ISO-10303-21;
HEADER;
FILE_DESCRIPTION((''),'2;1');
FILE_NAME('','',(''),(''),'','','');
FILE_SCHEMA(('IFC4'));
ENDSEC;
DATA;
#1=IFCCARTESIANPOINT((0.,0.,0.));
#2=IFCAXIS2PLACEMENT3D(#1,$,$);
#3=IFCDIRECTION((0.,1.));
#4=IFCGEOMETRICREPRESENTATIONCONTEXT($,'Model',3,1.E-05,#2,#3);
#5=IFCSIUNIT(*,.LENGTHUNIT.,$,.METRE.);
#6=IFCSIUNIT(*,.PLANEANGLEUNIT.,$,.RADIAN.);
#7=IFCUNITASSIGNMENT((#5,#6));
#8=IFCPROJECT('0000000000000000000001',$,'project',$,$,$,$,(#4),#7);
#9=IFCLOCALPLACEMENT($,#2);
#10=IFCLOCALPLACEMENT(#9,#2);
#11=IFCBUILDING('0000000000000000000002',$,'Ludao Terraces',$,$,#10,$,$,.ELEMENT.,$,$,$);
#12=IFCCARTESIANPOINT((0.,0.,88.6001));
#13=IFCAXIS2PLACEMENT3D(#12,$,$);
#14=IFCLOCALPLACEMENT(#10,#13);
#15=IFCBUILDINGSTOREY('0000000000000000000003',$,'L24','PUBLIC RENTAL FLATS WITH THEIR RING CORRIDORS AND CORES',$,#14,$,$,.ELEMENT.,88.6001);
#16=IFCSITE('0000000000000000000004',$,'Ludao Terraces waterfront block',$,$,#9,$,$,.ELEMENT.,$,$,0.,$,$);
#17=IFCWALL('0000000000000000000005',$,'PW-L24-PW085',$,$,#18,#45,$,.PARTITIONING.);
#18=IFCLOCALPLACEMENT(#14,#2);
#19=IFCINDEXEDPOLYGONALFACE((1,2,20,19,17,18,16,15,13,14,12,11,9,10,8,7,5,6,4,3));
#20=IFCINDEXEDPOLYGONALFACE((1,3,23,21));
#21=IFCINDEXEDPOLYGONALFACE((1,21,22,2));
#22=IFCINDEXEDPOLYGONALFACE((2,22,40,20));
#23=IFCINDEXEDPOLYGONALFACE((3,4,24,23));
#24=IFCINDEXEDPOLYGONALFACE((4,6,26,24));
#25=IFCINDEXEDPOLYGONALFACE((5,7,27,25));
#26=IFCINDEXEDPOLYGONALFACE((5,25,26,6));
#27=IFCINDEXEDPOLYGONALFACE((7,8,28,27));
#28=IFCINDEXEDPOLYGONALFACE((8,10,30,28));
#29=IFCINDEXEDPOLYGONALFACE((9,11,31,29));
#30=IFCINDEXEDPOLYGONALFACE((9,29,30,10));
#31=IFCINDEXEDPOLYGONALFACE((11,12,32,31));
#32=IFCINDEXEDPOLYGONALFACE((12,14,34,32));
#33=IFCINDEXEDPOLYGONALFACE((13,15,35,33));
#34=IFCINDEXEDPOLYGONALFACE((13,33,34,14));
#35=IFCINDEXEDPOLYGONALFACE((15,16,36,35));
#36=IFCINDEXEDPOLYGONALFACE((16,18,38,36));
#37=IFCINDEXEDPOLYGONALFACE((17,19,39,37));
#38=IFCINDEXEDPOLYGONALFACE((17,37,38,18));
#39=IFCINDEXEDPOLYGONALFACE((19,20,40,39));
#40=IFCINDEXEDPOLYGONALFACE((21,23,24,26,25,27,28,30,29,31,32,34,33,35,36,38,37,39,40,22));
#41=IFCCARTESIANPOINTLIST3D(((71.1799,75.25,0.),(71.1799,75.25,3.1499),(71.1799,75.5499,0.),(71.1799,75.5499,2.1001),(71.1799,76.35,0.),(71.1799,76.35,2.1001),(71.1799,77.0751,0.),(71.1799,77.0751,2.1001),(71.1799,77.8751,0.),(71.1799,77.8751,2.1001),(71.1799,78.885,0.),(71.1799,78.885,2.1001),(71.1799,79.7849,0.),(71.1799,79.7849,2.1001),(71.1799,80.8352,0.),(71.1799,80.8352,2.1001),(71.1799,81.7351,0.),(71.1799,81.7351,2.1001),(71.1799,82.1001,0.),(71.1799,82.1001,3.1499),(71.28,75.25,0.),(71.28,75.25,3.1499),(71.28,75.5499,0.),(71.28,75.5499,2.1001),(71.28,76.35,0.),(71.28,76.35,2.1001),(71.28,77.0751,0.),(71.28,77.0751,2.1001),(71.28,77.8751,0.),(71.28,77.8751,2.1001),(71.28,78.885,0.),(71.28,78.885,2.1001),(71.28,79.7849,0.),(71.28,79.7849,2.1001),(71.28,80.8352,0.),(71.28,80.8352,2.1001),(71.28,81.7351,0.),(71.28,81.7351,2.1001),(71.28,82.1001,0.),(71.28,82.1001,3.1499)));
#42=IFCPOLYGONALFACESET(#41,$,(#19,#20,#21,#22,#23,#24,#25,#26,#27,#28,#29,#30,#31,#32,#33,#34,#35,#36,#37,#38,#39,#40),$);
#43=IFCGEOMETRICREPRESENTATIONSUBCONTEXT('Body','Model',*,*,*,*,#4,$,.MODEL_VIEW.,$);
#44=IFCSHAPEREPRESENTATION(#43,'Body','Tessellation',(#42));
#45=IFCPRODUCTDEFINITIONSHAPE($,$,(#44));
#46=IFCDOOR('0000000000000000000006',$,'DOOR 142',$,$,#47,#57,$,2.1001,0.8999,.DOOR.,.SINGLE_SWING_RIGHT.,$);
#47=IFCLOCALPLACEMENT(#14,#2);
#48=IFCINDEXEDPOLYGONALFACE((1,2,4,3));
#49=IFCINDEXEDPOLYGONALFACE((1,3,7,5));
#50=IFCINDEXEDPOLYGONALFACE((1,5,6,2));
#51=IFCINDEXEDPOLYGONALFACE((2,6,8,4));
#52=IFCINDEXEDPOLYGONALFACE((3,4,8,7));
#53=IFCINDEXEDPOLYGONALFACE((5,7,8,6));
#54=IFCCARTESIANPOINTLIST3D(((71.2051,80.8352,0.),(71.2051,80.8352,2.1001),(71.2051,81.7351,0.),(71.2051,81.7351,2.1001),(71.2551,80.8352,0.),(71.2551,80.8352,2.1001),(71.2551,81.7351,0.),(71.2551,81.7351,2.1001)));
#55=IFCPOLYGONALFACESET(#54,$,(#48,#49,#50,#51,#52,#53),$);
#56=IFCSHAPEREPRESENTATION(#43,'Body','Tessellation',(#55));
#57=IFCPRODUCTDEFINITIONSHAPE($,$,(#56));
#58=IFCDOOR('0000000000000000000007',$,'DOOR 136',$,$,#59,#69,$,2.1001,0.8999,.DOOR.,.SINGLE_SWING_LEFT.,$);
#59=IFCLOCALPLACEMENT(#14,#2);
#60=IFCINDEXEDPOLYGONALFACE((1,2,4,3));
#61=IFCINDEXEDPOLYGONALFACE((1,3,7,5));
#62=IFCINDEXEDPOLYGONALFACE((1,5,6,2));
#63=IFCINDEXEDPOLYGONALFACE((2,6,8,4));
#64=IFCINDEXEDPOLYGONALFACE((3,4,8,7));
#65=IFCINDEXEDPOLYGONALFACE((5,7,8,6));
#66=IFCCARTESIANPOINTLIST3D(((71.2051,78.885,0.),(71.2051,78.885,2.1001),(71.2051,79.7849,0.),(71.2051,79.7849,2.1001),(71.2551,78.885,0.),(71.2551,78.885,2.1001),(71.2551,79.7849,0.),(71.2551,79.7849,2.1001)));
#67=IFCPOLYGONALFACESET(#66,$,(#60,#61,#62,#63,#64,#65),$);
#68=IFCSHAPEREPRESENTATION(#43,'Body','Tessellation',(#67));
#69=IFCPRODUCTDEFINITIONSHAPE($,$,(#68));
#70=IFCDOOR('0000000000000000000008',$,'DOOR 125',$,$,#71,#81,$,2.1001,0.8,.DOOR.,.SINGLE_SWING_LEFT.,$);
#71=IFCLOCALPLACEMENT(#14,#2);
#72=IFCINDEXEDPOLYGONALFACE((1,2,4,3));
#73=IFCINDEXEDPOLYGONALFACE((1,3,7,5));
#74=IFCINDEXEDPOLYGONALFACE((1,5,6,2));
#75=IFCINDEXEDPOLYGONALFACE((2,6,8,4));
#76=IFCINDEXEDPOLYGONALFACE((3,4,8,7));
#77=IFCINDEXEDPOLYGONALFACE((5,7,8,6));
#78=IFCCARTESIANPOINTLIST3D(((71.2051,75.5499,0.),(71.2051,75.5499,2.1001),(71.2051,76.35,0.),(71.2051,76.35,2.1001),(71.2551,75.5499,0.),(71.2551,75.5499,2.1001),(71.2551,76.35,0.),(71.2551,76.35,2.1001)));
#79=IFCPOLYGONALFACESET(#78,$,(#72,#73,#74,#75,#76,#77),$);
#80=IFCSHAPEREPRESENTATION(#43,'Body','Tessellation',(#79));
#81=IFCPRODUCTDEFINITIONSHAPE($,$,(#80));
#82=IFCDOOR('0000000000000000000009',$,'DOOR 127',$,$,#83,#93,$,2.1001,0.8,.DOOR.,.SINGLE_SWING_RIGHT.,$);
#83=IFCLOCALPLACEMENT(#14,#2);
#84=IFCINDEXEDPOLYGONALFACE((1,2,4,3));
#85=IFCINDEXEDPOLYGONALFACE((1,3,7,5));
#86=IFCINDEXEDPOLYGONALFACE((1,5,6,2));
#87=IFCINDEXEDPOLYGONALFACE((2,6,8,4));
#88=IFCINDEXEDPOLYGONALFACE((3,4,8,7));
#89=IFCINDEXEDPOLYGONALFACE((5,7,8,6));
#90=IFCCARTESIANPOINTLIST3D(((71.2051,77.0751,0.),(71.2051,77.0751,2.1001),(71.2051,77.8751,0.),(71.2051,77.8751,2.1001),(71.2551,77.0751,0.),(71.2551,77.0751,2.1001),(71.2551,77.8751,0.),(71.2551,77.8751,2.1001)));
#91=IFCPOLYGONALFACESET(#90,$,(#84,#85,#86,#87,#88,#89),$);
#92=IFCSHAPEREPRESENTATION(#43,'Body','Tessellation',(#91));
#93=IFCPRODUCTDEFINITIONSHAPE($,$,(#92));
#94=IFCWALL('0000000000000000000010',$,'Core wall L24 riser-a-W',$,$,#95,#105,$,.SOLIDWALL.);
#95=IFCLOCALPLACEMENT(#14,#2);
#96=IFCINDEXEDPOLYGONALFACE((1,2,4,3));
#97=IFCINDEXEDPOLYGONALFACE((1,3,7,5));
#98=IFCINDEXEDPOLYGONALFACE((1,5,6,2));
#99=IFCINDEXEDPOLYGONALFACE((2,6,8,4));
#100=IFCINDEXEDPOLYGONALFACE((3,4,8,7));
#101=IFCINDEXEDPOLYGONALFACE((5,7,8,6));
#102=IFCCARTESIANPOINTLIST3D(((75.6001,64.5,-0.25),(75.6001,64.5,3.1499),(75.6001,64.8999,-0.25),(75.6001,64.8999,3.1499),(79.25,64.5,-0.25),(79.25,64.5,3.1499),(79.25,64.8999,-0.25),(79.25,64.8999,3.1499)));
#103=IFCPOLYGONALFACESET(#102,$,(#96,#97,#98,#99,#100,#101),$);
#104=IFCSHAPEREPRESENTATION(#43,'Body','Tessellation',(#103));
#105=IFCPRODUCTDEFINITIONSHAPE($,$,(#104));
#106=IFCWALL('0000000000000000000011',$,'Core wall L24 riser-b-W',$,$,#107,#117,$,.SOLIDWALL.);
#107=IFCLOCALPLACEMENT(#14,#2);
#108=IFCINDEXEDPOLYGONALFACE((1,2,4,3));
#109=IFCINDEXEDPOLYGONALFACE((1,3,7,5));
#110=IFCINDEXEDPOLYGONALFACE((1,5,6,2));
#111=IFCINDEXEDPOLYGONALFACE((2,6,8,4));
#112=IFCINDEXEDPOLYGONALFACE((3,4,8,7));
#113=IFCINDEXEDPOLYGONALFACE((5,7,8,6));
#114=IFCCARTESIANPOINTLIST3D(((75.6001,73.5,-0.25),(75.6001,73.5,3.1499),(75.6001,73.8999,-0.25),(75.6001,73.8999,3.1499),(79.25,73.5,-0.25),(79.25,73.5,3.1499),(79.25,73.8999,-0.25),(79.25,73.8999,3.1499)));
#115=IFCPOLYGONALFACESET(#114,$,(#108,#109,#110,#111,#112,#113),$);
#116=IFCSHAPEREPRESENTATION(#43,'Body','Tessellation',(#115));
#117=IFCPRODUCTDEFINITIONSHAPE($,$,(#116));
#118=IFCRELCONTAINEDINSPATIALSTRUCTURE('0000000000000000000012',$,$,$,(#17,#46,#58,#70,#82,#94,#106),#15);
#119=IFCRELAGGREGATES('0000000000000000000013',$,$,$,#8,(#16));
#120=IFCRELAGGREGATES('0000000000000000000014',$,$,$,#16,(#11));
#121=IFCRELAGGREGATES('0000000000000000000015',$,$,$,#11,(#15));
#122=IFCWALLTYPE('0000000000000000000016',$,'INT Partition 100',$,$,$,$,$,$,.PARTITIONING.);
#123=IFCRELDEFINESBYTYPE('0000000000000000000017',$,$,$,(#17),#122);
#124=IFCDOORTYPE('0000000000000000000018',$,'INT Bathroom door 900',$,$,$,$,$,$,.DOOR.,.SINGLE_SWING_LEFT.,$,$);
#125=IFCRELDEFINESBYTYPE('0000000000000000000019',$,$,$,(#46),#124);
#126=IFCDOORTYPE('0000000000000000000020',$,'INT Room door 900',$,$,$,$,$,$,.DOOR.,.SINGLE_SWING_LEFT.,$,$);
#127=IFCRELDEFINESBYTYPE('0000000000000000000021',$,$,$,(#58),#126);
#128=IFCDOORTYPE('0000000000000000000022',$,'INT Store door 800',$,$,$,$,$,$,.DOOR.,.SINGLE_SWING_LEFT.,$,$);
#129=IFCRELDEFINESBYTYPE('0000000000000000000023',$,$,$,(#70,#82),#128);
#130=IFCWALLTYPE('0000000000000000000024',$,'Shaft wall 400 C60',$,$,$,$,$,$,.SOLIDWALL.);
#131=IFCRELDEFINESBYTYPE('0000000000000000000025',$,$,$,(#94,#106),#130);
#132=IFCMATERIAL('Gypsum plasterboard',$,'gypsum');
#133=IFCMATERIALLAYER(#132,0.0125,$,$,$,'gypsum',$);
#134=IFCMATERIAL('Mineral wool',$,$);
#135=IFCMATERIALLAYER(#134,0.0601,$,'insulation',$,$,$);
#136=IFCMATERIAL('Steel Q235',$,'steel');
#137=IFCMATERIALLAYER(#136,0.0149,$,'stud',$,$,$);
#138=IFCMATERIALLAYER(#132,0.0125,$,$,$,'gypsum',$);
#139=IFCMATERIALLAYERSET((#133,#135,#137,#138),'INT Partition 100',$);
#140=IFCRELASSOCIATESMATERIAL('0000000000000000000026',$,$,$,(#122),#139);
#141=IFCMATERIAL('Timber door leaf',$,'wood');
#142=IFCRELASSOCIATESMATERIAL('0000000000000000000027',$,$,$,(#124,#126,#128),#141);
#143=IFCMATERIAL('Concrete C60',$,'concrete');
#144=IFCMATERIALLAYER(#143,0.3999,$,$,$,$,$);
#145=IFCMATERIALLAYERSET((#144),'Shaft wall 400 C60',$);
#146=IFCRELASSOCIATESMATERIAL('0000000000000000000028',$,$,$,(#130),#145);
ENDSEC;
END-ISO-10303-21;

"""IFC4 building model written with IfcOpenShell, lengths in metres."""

from ifc_helpers import new_model, si_unit, direction, frame, frame_2d, origin, place, context, subcontext, project, spatial, rectangle, extrude, material, layer, layer_set, type_object, element, fill, save


model = new_model("IFC4")

# Units and contexts
model_context = context("Model", 3, precision=1e-05, world=origin(), true_north=direction((0.0, 1.0)))
body_context = subcontext(model_context, "Body", "Model", "MODEL_VIEW")
ifc_project = project(units=[si_unit("LENGTHUNIT", "METRE"), si_unit("PLANEANGLEUNIT", "RADIAN")], contexts=[model_context])

# Site, building, storey
site_placement = place(None, origin())
site = spatial("IfcSite", under=ifc_project, at=site_placement, Name="Ludao Terraces waterfront block", CompositionType="ELEMENT", RefElevation=0.0)
building_placement = place(site_placement, origin())
building = spatial("IfcBuilding", under=site, at=building_placement, Name="Ludao Terraces", CompositionType="ELEMENT")
storey_placement = place(building_placement, frame((0.0, 0.0, 88.6001)))
storey = spatial("IfcBuildingStorey", under=building, at=storey_placement, Name="L24", Description="PUBLIC RENTAL FLATS WITH THEIR RING CORRIDORS AND CORES", CompositionType="ELEMENT", Elevation=88.6001)

# Shared definitions
ifc_material_1 = material(Name="Steel Q235", Category="steel")

# Shared definitions
ifc_material_2 = material(Name="Mineral wool")
ifc_material_3 = material(Name="Gypsum plasterboard", Category="gypsum")
ifc_layer_1 = layer(ifc_material_3, 0.0125, Category="gypsum")
ifc_layer_2 = layer(ifc_material_2, 0.0601, Name="insulation")
ifc_layer_3 = layer(ifc_material_1, 0.0149, Name="stud")
ifc_layer_4 = layer(ifc_material_3, 0.0125, Category="gypsum")
ifc_layer_set_1 = layer_set([ifc_layer_1, ifc_layer_2, ifc_layer_3, ifc_layer_4], Name="INT Partition 100")
wall_type_1 = type_object("IfcWallType", Name="INT Partition 100", PredefinedType="PARTITIONING", material=ifc_layer_set_1)

# Wall, openings, doors
wall_1_placement = place(storey_placement, frame((71.23, 75.25, 0.0), z_axis=(0.0, 0.0, 1.0), x_axis=(0.0, 1.0, 0.0)))
wall_1 = element("IfcWall", 1, at=wall_1_placement, inside=storey, type_object=wall_type_1, Name="PW-L24-PW085", PredefinedType="PARTITIONING", context=body_context, shape_type="SweptSolid", body=[
    extrude(rectangle(XDim=6.8501, YDim=0.1001, at=frame_2d((3.425, 0.0))), origin(), (0.0, 0.0, 1.0), 3.1499),
])
opening_1_placement = place(wall_1_placement, frame((0.3, 0.0, 0.0)))
opening_1 = element("IfcOpeningElement", 2, at=opening_1_placement, cuts=wall_1, PredefinedType="OPENING", context=body_context, shape_type="SweptSolid", body=[
    extrude(rectangle(XDim=0.8, YDim=2.1001, at=frame_2d((0.3999, 1.05))), frame((0.0, 0.0601, 0.0), z_axis=(0.0, -1.0, 0.0), x_axis=(1.0, 0.0, 0.0)), (0.0, 0.0, 1.0), 0.1201),
])
opening_2_placement = place(wall_1_placement, frame((1.8252, 0.0, 0.0)))
opening_2 = element("IfcOpeningElement", 3, at=opening_2_placement, cuts=wall_1, PredefinedType="OPENING", context=body_context, shape_type="SweptSolid", body=[
    extrude(rectangle(XDim=0.8, YDim=2.1001, at=frame_2d((0.3999, 1.05))), frame((0.0, 0.0601, 0.0), z_axis=(0.0, -1.0, 0.0), x_axis=(1.0, 0.0, 0.0)), (0.0, 0.0, 1.0), 0.1201),
])
opening_3_placement = place(wall_1_placement, frame((3.635, 0.0, 0.0)))
opening_3 = element("IfcOpeningElement", 4, at=opening_3_placement, cuts=wall_1, PredefinedType="OPENING", context=body_context, shape_type="SweptSolid", body=[
    extrude(rectangle(XDim=0.8999, YDim=2.1001, at=frame_2d((0.45, 1.05))), frame((0.0, 0.0601, 0.0), z_axis=(0.0, -1.0, 0.0), x_axis=(1.0, 0.0, 0.0)), (0.0, 0.0, 1.0), 0.1201),
])
opening_4_placement = place(wall_1_placement, frame((5.5852, 0.0, 0.0)))
opening_4 = element("IfcOpeningElement", 5, at=opening_4_placement, cuts=wall_1, PredefinedType="OPENING", context=body_context, shape_type="SweptSolid", body=[
    extrude(rectangle(XDim=0.8999, YDim=2.1001, at=frame_2d((0.45, 1.05))), frame((0.0, 0.0601, 0.0), z_axis=(0.0, -1.0, 0.0), x_axis=(1.0, 0.0, 0.0)), (0.0, 0.0, 1.0), 0.1201),
])
ifc_material_4 = material(Name="Timber door leaf", Category="wood")
door_type_1 = type_object("IfcDoorType", Name="INT Bathroom door 900", OperationType="SINGLE_SWING_LEFT", PredefinedType="DOOR", material=ifc_material_4)
door_1_placement = place(opening_4_placement, origin())
door_1 = element("IfcDoor", 6, at=door_1_placement, inside=storey, type_object=door_type_1, Name="DOOR 142", OperationType="SINGLE_SWING_RIGHT", OverallHeight=2.1001, OverallWidth=0.8999, PredefinedType="DOOR", context=body_context, shape_type="SweptSolid", body=[
    extrude(rectangle(XDim=0.8999, YDim=2.1001, at=frame_2d((0.45, 1.05))), frame((0.0, 0.0249, 0.0), z_axis=(0.0, -1.0, 0.0), x_axis=(1.0, 0.0, 0.0)), (0.0, 0.0, 1.0), 0.05),
])
fill(opening_4, door_1)
door_type_2 = type_object("IfcDoorType", Name="INT Room door 900", OperationType="SINGLE_SWING_LEFT", PredefinedType="DOOR", material=ifc_material_4)
door_2_placement = place(opening_3_placement, origin())
door_2 = element("IfcDoor", 7, at=door_2_placement, inside=storey, type_object=door_type_2, Name="DOOR 136", OperationType="SINGLE_SWING_LEFT", OverallHeight=2.1001, OverallWidth=0.8999, PredefinedType="DOOR", context=body_context, shape_type="SweptSolid", body=[
    extrude(rectangle(XDim=0.8999, YDim=2.1001, at=frame_2d((0.45, 1.05))), frame((0.0, 0.0249, 0.0), z_axis=(0.0, -1.0, 0.0), x_axis=(1.0, 0.0, 0.0)), (0.0, 0.0, 1.0), 0.05),
])
fill(opening_3, door_2)
door_type_3 = type_object("IfcDoorType", Name="INT Store door 800", OperationType="SINGLE_SWING_LEFT", PredefinedType="DOOR", material=ifc_material_4)
door_3_placement = place(opening_1_placement, origin())
door_3 = element("IfcDoor", 8, at=door_3_placement, inside=storey, type_object=door_type_3, Name="DOOR 125", OperationType="SINGLE_SWING_LEFT", OverallHeight=2.1001, OverallWidth=0.8, PredefinedType="DOOR", context=body_context, shape_type="SweptSolid", body=[
    extrude(rectangle(XDim=0.8, YDim=2.1001, at=frame_2d((0.3999, 1.05))), frame((0.0, 0.0249, 0.0), z_axis=(0.0, -1.0, 0.0), x_axis=(1.0, 0.0, 0.0)), (0.0, 0.0, 1.0), 0.05),
])
fill(opening_1, door_3)
door_4_placement = place(opening_2_placement, origin())
door_4 = element("IfcDoor", 9, at=door_4_placement, inside=storey, type_object=door_type_3, Name="DOOR 127", OperationType="SINGLE_SWING_RIGHT", OverallHeight=2.1001, OverallWidth=0.8, PredefinedType="DOOR", context=body_context, shape_type="SweptSolid", body=[
    extrude(rectangle(XDim=0.8, YDim=2.1001, at=frame_2d((0.3999, 1.05))), frame((0.0, 0.0249, 0.0), z_axis=(0.0, -1.0, 0.0), x_axis=(1.0, 0.0, 0.0)), (0.0, 0.0, 1.0), 0.05),
])
fill(opening_2, door_4)

# Walls
ifc_material_5 = material(Name="Concrete C60", Category="concrete")
ifc_layer_5 = layer(ifc_material_5, 0.3999)
ifc_layer_set_2 = layer_set([ifc_layer_5], Name="Shaft wall 400 C60")
wall_type_2 = type_object("IfcWallType", Name="Shaft wall 400 C60", PredefinedType="SOLIDWALL", material=ifc_layer_set_2)
for number, where, z_axis, x_axis, name in (
    (10, (75.6001, 64.7, -0.25), (0.0, 0.0, 1.0), (1.0, 0.0, 0.0), "Core wall L24 riser-a-W"),
    (11, (75.6001, 73.7, -0.25), (0.0, 0.0, 1.0), (1.0, 0.0, 0.0), "Core wall L24 riser-b-W"),
):
    element("IfcWall", number, at=place(storey_placement, frame(where, z_axis=z_axis, x_axis=x_axis)), inside=storey, type_object=wall_type_2, Name=name, PredefinedType="SOLIDWALL", context=body_context, shape_type="SweptSolid", body=[
        extrude(rectangle(XDim=3.6499, YDim=0.3999, at=frame_2d((1.825, 0.0))), origin(), (0.0, 0.0, 1.0), 3.3999),
    ])

save(model, "model.ifc")
